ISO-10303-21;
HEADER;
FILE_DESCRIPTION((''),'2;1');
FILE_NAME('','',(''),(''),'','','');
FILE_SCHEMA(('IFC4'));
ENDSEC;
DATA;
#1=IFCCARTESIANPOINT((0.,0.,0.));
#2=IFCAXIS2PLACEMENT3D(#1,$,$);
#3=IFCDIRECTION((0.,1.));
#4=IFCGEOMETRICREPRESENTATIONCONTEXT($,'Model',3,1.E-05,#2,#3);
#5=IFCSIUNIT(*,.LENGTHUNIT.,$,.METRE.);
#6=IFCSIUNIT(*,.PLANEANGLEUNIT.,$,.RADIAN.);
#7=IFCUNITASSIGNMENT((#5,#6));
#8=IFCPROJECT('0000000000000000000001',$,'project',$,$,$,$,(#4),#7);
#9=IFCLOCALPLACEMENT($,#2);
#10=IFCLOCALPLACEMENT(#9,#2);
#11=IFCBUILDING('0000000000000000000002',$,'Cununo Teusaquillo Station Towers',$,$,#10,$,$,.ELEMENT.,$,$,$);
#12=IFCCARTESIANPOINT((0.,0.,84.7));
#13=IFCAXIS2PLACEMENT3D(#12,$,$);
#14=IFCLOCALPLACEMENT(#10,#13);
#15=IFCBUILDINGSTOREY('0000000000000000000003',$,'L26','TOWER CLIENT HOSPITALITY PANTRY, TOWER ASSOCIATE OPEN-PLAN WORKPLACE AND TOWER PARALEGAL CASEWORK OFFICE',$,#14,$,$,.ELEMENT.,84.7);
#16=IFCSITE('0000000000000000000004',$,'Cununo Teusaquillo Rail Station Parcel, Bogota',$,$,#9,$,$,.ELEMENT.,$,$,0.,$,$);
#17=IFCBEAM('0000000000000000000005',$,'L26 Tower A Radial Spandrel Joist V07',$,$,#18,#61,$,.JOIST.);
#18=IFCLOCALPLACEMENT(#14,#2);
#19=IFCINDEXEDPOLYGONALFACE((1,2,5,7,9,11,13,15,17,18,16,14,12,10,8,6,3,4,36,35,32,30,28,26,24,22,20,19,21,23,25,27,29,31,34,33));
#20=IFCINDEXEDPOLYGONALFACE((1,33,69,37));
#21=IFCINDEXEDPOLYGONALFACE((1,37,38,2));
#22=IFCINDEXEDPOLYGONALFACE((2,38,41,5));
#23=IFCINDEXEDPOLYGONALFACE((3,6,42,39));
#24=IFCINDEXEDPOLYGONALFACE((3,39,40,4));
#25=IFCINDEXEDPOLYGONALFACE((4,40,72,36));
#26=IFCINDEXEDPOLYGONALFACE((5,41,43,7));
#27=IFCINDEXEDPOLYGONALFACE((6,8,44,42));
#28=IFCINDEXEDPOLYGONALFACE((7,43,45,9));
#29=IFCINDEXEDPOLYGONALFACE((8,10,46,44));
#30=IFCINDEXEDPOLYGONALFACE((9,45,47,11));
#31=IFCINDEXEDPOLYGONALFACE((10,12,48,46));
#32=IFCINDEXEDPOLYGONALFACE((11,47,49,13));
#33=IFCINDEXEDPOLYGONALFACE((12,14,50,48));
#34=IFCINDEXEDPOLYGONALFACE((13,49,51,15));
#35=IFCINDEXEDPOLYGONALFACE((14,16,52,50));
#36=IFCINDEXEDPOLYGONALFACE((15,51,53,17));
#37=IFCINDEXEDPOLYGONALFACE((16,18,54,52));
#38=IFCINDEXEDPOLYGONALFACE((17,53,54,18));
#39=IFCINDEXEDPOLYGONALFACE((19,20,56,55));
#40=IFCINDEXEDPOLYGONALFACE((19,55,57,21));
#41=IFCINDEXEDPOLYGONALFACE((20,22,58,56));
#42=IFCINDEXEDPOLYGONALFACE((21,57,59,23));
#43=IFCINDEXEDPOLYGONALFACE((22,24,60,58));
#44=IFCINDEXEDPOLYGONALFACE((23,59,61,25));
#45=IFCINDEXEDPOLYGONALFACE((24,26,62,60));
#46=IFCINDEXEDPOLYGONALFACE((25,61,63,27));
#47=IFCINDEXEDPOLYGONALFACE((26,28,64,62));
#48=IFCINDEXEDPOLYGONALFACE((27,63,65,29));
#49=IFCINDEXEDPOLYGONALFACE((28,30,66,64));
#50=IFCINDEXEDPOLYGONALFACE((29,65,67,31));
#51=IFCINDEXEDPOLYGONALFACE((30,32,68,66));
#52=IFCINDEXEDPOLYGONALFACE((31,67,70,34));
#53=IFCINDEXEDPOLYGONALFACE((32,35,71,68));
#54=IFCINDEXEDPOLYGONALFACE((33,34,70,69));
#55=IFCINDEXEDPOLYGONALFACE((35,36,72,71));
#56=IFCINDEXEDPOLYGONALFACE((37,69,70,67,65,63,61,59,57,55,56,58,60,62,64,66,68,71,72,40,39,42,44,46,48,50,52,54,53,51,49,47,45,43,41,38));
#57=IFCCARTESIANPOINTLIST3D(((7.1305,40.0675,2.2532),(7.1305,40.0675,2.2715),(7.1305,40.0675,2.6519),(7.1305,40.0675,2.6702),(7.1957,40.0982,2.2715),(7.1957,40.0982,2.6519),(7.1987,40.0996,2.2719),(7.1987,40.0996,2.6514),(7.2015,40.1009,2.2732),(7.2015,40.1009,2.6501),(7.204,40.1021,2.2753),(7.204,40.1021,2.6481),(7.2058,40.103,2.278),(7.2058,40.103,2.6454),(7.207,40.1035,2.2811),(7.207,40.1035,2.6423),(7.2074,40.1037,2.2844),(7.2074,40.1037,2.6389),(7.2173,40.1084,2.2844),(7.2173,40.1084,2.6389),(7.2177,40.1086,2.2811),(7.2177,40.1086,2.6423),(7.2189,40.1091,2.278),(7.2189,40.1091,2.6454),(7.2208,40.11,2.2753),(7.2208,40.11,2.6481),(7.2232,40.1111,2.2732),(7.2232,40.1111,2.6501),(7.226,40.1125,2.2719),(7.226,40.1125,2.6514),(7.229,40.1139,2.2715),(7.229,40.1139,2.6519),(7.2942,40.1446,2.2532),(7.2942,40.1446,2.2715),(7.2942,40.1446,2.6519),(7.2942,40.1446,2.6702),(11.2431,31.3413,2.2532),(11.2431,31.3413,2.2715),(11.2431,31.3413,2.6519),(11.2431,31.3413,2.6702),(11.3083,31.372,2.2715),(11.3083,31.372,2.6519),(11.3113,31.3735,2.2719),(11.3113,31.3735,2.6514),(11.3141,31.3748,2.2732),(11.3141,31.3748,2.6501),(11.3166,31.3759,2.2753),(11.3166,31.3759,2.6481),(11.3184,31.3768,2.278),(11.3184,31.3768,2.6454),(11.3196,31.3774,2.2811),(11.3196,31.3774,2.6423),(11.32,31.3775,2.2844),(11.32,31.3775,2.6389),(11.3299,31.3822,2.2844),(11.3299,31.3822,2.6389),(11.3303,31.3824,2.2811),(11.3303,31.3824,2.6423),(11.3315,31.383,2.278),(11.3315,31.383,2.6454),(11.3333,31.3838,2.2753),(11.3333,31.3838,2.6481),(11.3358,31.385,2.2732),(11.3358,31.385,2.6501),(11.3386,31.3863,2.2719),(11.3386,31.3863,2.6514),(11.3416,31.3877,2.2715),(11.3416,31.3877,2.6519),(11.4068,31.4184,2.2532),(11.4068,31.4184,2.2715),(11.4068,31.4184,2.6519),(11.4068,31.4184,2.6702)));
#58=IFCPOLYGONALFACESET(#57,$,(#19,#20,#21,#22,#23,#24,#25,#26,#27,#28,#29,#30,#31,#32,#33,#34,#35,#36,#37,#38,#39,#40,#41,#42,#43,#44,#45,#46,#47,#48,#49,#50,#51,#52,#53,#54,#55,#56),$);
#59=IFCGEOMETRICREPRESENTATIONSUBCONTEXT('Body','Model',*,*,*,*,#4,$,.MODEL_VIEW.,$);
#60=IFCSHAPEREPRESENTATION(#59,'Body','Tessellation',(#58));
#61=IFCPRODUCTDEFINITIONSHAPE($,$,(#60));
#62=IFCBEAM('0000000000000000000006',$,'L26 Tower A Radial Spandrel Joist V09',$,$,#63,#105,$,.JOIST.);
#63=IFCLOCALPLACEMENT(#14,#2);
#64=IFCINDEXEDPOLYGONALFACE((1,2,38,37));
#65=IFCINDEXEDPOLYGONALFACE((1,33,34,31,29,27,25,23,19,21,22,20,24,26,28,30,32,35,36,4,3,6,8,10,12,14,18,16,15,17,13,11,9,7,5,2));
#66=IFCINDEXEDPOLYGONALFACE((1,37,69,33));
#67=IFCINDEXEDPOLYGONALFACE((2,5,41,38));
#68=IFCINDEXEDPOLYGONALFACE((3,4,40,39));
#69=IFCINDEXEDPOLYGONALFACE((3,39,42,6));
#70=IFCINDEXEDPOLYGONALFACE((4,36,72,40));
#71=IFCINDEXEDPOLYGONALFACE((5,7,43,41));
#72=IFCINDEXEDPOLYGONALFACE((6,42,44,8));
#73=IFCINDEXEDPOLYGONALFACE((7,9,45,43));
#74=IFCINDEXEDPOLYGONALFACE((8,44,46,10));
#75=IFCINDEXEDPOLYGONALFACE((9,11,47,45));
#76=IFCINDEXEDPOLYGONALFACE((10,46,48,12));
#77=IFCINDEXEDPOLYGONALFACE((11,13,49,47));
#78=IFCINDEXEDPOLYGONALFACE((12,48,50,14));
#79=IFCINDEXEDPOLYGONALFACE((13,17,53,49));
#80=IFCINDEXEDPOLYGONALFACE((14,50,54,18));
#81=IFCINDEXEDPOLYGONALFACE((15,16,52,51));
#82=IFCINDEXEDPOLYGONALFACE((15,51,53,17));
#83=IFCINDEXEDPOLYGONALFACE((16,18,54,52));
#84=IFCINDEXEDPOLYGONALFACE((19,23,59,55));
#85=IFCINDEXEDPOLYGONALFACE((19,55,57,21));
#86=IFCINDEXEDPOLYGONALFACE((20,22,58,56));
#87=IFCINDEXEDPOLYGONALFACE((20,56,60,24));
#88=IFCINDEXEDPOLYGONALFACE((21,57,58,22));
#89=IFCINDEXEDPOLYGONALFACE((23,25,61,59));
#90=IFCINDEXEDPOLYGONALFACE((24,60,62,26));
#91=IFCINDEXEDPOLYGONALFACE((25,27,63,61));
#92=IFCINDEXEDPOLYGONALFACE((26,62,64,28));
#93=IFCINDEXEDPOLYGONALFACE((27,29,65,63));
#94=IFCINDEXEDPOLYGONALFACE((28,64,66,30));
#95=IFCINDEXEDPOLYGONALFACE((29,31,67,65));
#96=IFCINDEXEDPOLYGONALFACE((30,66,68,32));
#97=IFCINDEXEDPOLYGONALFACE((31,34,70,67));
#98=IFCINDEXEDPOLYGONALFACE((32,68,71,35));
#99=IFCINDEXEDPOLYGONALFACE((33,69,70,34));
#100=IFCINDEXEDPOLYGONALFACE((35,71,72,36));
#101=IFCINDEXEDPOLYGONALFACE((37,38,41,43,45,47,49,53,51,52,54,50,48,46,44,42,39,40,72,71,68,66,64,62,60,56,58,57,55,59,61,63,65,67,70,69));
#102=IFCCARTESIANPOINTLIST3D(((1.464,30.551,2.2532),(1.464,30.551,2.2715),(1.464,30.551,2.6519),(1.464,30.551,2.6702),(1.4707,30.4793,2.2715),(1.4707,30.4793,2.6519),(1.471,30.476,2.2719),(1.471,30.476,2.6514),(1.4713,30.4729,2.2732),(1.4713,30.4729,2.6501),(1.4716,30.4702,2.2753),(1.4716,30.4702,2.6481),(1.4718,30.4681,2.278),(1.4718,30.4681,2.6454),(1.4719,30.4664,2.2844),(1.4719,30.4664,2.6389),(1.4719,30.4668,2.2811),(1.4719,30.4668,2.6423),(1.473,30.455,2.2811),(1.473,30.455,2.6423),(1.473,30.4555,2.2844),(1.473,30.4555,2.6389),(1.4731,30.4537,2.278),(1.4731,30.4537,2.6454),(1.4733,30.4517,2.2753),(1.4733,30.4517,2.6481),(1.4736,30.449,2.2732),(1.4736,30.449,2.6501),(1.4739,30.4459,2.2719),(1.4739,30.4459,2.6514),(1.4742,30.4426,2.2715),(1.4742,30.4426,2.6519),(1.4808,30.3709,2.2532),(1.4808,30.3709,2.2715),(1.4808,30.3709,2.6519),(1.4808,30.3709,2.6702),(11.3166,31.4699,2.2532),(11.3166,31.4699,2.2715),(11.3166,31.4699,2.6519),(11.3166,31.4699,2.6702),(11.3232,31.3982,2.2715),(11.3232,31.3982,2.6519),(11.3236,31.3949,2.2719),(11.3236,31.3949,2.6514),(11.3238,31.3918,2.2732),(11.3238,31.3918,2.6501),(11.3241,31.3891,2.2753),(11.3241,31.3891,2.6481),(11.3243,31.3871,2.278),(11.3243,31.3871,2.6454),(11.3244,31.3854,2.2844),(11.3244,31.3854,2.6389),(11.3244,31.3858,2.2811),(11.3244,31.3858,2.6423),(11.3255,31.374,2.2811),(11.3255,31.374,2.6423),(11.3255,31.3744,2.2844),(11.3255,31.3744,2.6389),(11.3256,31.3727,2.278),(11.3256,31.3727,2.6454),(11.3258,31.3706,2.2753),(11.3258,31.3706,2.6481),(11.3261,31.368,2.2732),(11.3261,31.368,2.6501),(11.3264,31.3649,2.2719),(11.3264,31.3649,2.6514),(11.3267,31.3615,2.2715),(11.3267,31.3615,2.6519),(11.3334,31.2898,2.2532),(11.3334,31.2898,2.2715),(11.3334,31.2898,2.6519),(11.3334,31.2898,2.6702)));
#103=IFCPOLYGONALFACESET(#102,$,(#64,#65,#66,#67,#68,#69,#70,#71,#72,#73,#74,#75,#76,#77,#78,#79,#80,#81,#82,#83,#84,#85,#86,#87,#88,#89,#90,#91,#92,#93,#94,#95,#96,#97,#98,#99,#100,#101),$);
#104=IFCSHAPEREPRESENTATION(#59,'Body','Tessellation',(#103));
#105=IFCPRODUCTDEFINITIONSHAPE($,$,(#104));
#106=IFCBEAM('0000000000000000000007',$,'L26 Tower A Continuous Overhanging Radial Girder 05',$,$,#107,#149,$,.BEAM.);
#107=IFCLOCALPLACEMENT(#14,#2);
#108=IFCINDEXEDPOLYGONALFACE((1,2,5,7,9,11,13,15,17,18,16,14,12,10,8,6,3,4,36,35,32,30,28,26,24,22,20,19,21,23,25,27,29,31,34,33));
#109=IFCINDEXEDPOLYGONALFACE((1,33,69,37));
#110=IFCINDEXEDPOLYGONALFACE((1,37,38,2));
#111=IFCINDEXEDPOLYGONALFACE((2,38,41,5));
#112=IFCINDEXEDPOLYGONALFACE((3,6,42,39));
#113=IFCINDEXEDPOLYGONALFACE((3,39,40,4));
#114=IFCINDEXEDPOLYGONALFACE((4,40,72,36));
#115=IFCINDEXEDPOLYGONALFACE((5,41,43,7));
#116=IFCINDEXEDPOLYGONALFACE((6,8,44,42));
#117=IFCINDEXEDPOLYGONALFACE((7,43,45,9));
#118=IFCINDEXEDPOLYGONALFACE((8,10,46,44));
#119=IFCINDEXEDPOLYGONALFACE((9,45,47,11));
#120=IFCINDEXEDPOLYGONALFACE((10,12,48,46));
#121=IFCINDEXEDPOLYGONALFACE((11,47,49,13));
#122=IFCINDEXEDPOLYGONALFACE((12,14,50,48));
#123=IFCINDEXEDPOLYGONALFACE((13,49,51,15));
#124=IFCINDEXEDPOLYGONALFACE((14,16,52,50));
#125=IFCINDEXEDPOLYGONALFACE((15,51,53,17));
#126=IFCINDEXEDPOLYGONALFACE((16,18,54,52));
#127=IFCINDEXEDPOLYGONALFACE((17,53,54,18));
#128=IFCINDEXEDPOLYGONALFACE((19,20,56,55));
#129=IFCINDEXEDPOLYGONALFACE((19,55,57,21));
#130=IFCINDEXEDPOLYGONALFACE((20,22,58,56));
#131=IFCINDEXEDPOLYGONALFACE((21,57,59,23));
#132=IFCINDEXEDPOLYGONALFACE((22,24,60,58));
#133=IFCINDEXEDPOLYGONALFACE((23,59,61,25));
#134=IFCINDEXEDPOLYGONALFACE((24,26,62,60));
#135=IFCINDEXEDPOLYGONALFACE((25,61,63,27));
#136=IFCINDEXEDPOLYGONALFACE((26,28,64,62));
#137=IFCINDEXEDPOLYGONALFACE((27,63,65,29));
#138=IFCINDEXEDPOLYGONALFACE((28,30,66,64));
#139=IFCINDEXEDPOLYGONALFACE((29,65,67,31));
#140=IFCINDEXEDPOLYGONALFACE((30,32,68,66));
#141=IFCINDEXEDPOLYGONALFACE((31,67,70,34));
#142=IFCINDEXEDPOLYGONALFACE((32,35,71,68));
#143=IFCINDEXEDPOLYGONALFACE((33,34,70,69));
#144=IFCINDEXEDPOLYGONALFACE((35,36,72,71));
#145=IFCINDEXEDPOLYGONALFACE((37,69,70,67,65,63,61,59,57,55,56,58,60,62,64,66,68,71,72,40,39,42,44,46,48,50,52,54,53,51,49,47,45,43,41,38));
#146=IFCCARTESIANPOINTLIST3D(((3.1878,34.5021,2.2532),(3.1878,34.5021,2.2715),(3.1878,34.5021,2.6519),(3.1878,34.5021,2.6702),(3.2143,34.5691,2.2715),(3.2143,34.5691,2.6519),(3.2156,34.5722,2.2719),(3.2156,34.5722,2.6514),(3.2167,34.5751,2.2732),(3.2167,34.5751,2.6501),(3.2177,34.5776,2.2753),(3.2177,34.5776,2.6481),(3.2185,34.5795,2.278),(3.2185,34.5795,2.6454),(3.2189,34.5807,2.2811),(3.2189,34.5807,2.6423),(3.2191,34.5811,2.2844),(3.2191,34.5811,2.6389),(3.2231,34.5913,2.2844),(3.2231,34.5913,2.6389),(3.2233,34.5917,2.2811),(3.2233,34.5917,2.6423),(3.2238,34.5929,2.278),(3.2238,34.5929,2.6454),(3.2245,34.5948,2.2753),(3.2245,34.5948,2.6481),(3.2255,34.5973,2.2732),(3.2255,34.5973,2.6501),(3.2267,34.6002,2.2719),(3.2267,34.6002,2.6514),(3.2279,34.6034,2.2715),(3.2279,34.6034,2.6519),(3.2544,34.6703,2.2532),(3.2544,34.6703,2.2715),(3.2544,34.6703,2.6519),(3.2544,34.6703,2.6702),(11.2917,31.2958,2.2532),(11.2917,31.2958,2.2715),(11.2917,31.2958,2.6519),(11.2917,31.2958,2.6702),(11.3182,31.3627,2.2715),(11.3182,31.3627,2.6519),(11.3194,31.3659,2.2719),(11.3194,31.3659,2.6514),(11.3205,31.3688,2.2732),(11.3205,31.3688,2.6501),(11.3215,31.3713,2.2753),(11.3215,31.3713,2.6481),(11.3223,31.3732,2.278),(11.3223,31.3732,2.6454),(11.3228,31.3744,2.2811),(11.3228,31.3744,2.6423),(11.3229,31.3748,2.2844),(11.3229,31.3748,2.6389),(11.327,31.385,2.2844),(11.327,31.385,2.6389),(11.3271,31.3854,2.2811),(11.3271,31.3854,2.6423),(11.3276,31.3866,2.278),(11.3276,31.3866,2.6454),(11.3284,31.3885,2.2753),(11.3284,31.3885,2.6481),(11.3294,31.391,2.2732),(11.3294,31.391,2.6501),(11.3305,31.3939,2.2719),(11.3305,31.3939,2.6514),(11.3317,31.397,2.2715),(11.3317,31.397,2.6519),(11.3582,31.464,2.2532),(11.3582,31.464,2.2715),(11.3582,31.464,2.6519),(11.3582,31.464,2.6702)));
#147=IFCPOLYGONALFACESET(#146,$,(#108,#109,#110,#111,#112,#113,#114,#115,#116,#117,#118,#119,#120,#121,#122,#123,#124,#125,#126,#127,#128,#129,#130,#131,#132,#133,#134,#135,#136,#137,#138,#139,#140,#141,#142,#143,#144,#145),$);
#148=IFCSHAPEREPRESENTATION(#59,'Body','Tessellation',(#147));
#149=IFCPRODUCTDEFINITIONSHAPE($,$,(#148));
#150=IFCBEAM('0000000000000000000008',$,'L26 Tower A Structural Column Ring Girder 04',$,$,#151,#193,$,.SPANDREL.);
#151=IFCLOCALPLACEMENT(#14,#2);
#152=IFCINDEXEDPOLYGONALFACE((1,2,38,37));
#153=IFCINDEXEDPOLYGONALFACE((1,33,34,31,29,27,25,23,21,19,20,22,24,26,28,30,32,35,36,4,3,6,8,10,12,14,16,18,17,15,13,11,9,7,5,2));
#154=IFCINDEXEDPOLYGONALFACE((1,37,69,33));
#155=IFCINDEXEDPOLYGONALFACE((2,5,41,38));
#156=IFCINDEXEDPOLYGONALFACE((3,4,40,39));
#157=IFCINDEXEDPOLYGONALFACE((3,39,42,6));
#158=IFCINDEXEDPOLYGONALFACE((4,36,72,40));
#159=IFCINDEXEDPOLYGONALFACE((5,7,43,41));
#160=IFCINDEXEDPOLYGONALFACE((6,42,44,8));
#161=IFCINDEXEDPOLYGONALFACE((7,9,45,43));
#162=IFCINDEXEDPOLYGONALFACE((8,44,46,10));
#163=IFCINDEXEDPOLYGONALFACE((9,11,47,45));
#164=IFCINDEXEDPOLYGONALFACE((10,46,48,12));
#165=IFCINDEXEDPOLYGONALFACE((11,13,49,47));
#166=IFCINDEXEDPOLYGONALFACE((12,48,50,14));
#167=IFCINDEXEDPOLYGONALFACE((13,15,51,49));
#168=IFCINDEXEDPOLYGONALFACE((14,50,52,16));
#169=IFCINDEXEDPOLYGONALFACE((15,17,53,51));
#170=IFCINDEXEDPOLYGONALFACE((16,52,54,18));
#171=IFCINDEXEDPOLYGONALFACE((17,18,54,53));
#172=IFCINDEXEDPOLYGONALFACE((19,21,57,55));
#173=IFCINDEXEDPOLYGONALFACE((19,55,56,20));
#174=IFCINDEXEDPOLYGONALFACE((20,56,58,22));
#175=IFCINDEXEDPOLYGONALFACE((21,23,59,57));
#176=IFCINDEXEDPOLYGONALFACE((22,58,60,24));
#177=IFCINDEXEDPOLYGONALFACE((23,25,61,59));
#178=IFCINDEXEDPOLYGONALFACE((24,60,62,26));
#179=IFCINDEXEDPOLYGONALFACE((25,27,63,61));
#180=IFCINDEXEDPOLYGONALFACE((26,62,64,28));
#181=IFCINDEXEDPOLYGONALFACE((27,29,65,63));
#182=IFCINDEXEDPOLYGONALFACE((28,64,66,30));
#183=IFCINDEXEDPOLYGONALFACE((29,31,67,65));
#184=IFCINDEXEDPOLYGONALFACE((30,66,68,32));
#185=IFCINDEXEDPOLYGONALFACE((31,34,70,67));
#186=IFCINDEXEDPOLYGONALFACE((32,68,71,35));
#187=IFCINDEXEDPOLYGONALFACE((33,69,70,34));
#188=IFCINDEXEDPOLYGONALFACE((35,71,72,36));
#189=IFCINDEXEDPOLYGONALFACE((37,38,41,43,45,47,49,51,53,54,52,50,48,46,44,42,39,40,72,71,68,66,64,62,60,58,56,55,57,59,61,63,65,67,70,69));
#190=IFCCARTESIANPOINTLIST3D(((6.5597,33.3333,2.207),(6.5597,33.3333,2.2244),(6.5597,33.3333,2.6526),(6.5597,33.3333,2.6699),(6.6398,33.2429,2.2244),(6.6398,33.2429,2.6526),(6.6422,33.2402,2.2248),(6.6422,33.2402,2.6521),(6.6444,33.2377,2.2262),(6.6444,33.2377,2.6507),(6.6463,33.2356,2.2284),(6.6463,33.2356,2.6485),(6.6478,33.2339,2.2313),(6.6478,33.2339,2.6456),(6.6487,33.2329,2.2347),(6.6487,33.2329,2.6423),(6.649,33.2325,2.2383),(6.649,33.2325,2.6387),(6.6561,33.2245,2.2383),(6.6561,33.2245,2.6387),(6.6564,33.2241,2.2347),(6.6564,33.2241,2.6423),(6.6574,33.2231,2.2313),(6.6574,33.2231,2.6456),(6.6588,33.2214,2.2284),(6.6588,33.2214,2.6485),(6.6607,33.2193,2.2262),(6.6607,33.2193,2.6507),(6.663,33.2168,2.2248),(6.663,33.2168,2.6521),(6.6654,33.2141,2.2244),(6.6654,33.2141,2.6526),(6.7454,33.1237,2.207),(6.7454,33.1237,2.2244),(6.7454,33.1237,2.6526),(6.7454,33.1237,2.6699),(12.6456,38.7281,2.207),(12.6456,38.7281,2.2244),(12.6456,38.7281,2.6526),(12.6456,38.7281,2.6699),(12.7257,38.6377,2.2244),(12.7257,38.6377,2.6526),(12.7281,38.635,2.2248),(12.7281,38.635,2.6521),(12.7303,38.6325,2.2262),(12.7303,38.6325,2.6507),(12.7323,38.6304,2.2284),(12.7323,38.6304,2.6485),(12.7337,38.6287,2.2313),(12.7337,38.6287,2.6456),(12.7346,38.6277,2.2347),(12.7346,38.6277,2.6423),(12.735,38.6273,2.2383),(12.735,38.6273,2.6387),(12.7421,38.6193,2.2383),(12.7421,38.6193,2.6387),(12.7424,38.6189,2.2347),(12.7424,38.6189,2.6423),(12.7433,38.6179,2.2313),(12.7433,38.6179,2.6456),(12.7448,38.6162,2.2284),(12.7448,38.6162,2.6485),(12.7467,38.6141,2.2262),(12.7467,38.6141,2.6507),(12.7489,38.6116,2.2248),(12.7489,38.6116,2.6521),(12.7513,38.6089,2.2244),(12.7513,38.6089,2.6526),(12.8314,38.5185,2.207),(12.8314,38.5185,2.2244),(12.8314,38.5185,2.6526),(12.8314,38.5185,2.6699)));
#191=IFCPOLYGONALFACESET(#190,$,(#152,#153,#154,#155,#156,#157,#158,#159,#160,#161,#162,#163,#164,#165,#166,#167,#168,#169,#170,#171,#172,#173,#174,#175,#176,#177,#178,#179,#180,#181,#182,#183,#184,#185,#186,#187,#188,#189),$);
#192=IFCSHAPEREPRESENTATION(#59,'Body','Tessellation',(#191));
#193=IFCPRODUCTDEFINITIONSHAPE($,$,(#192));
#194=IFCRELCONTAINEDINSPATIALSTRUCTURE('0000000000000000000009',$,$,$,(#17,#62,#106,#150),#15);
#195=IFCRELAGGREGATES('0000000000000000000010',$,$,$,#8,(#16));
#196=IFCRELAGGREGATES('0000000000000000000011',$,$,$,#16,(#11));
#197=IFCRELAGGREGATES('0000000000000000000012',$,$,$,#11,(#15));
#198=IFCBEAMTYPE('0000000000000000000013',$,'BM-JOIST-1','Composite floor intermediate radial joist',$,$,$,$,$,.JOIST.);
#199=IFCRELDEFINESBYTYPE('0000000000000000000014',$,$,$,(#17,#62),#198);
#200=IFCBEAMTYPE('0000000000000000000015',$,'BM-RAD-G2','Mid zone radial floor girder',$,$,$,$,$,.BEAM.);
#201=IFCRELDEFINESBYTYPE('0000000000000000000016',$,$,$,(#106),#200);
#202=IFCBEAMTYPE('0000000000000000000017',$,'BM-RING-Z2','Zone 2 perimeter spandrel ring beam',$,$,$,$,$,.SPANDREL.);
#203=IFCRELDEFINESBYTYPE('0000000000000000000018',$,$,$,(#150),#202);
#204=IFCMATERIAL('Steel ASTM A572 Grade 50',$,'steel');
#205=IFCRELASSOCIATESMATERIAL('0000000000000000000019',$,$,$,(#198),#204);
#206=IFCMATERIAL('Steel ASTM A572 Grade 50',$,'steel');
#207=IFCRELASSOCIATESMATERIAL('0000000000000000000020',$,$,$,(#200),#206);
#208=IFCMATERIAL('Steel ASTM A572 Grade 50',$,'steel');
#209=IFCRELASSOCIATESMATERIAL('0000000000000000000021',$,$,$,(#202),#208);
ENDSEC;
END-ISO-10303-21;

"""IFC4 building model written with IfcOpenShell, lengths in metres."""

from ifc_helpers import new_model, si_unit, direction, frame, origin, origin_2d, place, context, subcontext, project, spatial, i_section, extrude, material, material_profile, profile_set, type_object, element, save


model = new_model("IFC4")

# Units and contexts
model_context = context("Model", 3, precision=1e-05, world=origin(), true_north=direction((0.0, 1.0)))
body_context = subcontext(model_context, "Body", "Model", "MODEL_VIEW")
ifc_project = project(units=[si_unit("LENGTHUNIT", "METRE"), si_unit("PLANEANGLEUNIT", "RADIAN")], contexts=[model_context])

# Site, building, storey
site_placement = place(None, origin())
site = spatial("IfcSite", under=ifc_project, at=site_placement, Name="Cununo Teusaquillo Rail Station Parcel, Bogota", CompositionType="ELEMENT", RefElevation=0.0)
building_placement = place(site_placement, origin())
building = spatial("IfcBuilding", under=site, at=building_placement, Name="Cununo Teusaquillo Station Towers", CompositionType="ELEMENT")
storey_placement = place(building_placement, frame((0.0, 0.0, 84.7)))
storey = spatial("IfcBuildingStorey", under=building, at=storey_placement, Name="L26", Description="TOWER CLIENT HOSPITALITY PANTRY, TOWER ASSOCIATE OPEN-PLAN WORKPLACE AND TOWER PARALEGAL CASEWORK OFFICE", CompositionType="ELEMENT", Elevation=84.7)

# Beams
ifc_material_1 = material(Name="Steel ASTM A572 Grade 50", Category="steel")
ifc_material_profile_1 = material_profile(ifc_material_1, i_section(OverallWidth=0.1809, OverallDepth=0.417, WebThickness=0.011, FlangeThickness=0.0183, FilletRadius=0.0129, at=origin_2d()), Name="W16X57")
ifc_profile_set_1 = profile_set([ifc_material_profile_1], Name="Steel ASTM A572 Grade 50")
beam_type_1 = type_object("IfcBeamType", Name="BM-JOIST-1", Description="Composite floor intermediate radial joist", PredefinedType="JOIST", material=ifc_profile_set_1)
beam_1_placement = place(storey_placement, frame((11.325, 31.3799, 2.4617), z_axis=(-0.42632, 0.904572, 0.0), x_axis=(-0.904572, -0.42632, 0.0)))
element("IfcBeam", 1, at=beam_1_placement, inside=storey, type_object=beam_type_1, Name="L26 Tower A Radial Spandrel Joist V07", PredefinedType="JOIST", context=body_context, shape_type="SweptSolid", body=[
    extrude(i_section(OverallWidth=0.1809, OverallDepth=0.417, WebThickness=0.011, FlangeThickness=0.0183, FilletRadius=0.0129, at=origin_2d()), origin(), (0.0, 0.0, 1.0), 9.6467),
])
beam_2_placement = place(storey_placement, frame((11.325, 31.3799, 2.4617), z_axis=(-0.995679, -0.092867, 0.0), x_axis=(0.092867, -0.995679, 0.0)))
element("IfcBeam", 2, at=beam_2_placement, inside=storey, type_object=beam_type_1, Name="L26 Tower A Radial Spandrel Joist V09", PredefinedType="JOIST", context=body_context, shape_type="SweptSolid", body=[
    extrude(i_section(OverallWidth=0.1809, OverallDepth=0.417, WebThickness=0.011, FlangeThickness=0.0183, FilletRadius=0.0129, at=origin_2d()), origin(), (0.0, 0.0, 1.0), 9.8953),
])
ifc_material_2 = material(Name="Steel ASTM A572 Grade 50", Category="steel")
ifc_material_profile_2 = material_profile(ifc_material_2, i_section(OverallWidth=0.1809, OverallDepth=0.417, WebThickness=0.011, FlangeThickness=0.0183, FilletRadius=0.0129, at=origin_2d()), Name="W16X57")
ifc_profile_set_2 = profile_set([ifc_material_profile_2], Name="Steel ASTM A572 Grade 50")
beam_type_2 = type_object("IfcBeamType", Name="BM-RAD-G2", Description="Mid zone radial floor girder", PredefinedType="BEAM", material=ifc_profile_set_2)
beam_3_placement = place(storey_placement, frame((11.325, 31.3799, 2.4617), z_axis=(-0.929863, 0.367906, 0.0), x_axis=(-0.367906, -0.929863, 0.0)))
element("IfcBeam", 3, at=beam_3_placement, inside=storey, type_object=beam_type_2, Name="L26 Tower A Continuous Overhanging Radial Girder 05", PredefinedType="BEAM", context=body_context, shape_type="SweptSolid", body=[
    extrude(i_section(OverallWidth=0.1809, OverallDepth=0.417, WebThickness=0.011, FlangeThickness=0.0183, FilletRadius=0.0129, at=origin_2d()), origin(), (0.0, 0.0, 1.0), 8.7151),
])
ifc_material_3 = material(Name="Steel ASTM A572 Grade 50", Category="steel")
ifc_material_profile_3 = material_profile(ifc_material_3, i_section(OverallWidth=0.28, OverallDepth=0.4629, WebThickness=0.0107, FlangeThickness=0.0173, FilletRadius=0.0139, at=origin_2d()), Name="W18X76")
ifc_profile_set_3 = profile_set([ifc_material_profile_3], Name="Steel ASTM A572 Grade 50")
beam_type_3 = type_object("IfcBeamType", Name="BM-RING-Z2", Description="Zone 2 perimeter spandrel ring beam", PredefinedType="SPANDREL", material=ifc_profile_set_3)
beam_4_placement = place(storey_placement, frame((12.7385, 38.6233, 2.4385), z_axis=(-0.748321, -0.663337, 0.0), x_axis=(0.663337, -0.748321, 0.0)))
element("IfcBeam", 4, at=beam_4_placement, inside=storey, type_object=beam_type_3, Name="L26 Tower A Structural Column Ring Girder 04", PredefinedType="SPANDREL", context=body_context, shape_type="SweptSolid", body=[
    extrude(i_section(OverallWidth=0.28, OverallDepth=0.4629, WebThickness=0.0107, FlangeThickness=0.0173, FilletRadius=0.0139, at=origin_2d()), origin(), (0.0, 0.0, 1.0), 8.1328),
])

save(model, "model.ifc")
